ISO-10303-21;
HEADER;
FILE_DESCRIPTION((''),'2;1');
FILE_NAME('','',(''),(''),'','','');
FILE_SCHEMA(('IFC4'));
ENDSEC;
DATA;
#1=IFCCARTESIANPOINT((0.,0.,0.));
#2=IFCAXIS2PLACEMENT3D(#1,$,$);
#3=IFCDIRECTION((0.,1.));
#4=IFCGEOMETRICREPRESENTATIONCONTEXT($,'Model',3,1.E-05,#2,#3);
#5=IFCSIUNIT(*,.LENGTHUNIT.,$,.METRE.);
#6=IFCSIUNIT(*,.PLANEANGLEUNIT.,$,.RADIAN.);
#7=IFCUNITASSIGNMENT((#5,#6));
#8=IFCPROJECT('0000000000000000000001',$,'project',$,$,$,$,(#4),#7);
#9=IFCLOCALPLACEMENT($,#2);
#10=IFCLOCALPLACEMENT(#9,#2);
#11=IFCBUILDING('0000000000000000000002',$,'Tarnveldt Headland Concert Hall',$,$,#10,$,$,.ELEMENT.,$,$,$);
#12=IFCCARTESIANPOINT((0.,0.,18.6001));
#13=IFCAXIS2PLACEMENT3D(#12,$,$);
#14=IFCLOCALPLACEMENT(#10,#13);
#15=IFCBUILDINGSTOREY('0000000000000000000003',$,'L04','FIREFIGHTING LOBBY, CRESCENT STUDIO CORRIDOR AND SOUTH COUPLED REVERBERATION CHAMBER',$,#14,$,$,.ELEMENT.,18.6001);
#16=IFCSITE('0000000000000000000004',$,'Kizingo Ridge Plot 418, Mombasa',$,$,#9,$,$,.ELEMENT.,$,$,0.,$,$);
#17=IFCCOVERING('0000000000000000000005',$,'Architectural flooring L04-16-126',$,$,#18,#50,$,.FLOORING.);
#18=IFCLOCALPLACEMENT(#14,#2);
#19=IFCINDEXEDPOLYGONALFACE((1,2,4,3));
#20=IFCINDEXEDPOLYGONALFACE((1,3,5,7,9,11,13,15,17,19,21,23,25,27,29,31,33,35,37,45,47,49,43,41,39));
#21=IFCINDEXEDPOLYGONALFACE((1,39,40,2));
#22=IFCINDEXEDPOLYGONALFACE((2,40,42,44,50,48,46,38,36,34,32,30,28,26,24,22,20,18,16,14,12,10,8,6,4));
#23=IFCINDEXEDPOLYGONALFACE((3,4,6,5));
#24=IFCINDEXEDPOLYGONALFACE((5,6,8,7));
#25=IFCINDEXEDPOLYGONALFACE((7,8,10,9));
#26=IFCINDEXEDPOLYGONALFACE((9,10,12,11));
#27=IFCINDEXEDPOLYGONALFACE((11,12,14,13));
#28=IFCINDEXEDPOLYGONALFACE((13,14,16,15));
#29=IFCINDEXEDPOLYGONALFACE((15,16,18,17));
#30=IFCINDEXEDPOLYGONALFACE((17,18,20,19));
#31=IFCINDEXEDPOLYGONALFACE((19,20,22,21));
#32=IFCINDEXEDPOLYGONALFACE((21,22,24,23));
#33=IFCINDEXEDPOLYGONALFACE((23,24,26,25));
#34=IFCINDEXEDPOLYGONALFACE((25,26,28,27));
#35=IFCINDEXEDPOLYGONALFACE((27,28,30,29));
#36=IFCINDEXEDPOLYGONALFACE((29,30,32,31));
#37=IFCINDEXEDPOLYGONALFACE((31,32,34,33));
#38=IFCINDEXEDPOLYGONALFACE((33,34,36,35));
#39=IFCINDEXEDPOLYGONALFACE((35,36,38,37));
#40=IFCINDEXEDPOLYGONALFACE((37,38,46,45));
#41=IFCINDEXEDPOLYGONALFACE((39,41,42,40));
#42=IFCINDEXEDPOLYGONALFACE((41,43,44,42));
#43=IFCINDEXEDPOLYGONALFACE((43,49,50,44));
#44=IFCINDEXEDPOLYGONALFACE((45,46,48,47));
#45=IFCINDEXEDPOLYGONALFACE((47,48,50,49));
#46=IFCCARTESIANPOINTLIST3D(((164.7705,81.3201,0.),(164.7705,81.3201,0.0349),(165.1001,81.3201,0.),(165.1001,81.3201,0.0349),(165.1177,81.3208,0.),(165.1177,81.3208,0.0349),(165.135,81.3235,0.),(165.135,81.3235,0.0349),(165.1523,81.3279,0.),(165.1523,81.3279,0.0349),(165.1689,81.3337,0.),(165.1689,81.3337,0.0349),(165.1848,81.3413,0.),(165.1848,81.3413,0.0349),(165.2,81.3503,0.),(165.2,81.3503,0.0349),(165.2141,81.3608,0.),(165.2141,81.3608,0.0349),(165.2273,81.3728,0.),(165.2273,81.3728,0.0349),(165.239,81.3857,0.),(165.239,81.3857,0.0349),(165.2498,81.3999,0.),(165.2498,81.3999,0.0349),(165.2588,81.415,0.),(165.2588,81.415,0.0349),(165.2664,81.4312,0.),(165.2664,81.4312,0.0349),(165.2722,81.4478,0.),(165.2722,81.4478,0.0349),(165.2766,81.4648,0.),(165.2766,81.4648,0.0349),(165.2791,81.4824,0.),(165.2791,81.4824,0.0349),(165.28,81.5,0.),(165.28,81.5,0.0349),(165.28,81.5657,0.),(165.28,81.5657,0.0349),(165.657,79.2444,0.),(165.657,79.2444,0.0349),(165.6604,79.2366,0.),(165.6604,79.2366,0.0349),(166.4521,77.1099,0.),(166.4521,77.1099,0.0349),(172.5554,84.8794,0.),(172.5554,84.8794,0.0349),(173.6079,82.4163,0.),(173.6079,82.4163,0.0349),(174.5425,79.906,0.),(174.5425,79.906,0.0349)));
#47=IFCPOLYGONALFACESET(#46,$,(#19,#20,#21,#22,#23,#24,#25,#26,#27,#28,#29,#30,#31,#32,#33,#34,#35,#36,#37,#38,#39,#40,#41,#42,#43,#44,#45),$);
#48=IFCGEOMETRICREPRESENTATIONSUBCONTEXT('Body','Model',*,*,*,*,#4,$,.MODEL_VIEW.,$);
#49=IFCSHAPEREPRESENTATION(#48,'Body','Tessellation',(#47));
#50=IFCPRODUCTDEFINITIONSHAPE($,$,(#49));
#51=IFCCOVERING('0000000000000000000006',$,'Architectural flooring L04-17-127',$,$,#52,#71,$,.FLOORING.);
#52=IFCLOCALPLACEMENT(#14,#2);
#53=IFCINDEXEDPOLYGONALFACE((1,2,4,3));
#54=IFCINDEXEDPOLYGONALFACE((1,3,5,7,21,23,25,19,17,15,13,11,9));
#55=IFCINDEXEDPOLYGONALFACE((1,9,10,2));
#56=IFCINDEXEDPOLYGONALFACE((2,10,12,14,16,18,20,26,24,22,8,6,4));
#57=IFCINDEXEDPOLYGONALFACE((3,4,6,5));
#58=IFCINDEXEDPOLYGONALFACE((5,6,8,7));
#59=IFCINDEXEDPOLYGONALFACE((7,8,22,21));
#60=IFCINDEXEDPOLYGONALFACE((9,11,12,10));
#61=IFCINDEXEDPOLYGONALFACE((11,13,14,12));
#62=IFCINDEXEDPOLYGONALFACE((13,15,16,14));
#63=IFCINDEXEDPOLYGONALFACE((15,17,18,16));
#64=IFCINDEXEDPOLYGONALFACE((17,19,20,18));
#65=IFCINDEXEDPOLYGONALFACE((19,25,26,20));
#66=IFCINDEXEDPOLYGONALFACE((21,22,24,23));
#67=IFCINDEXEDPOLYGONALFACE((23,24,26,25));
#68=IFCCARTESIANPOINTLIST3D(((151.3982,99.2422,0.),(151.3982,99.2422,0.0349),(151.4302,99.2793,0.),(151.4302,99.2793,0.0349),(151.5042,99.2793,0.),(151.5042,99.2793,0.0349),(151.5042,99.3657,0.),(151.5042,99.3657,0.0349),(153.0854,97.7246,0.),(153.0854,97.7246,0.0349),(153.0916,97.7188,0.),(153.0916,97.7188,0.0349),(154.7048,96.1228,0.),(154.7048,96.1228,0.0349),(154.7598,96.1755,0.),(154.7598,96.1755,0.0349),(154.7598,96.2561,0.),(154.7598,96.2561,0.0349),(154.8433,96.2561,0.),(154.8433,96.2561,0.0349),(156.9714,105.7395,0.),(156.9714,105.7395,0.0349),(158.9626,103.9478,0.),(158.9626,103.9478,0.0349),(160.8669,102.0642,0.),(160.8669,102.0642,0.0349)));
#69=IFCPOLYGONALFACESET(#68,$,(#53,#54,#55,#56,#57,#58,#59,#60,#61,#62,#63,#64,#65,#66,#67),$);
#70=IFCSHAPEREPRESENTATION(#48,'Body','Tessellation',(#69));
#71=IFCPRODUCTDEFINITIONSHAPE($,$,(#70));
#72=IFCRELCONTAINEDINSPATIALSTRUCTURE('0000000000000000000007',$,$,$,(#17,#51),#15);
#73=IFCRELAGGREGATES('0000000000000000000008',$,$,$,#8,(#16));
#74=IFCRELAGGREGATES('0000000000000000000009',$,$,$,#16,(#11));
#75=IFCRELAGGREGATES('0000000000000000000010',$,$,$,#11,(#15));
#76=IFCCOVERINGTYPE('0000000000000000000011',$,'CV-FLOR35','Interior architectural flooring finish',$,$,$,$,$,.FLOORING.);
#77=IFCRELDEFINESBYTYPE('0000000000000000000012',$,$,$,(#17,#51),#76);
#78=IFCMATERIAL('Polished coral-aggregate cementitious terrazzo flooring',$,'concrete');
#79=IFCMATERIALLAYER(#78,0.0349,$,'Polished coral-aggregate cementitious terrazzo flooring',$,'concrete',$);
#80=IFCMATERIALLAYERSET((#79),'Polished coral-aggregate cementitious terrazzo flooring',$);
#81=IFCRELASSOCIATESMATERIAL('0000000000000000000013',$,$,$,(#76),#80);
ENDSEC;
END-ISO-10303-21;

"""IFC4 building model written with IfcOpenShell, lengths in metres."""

from ifc_helpers import new_model, si_unit, direction, frame, origin, place, context, subcontext, project, spatial, polyline, outline, extrude, material, layer, layer_set, type_object, element, save


model = new_model("IFC4")

# Units and contexts
model_context = context("Model", 3, precision=1e-05, world=origin(), true_north=direction((0.0, 1.0)))
body_context = subcontext(model_context, "Body", "Model", "MODEL_VIEW")
ifc_project = project(units=[si_unit("LENGTHUNIT", "METRE"), si_unit("PLANEANGLEUNIT", "RADIAN")], contexts=[model_context])

# Site, building, storey
site_placement = place(None, origin())
site = spatial("IfcSite", under=ifc_project, at=site_placement, Name="Kizingo Ridge Plot 418, Mombasa", CompositionType="ELEMENT", RefElevation=0.0)
building_placement = place(site_placement, origin())
building = spatial("IfcBuilding", under=site, at=building_placement, Name="Tarnveldt Headland Concert Hall", CompositionType="ELEMENT")
storey_placement = place(building_placement, frame((0.0, 0.0, 18.6001)))
storey = spatial("IfcBuildingStorey", under=building, at=storey_placement, Name="L04", Description="FIREFIGHTING LOBBY, CRESCENT STUDIO CORRIDOR AND SOUTH COUPLED REVERBERATION CHAMBER", CompositionType="ELEMENT", Elevation=18.6001)

# Coverings
ifc_material_1 = material(Name="Polished coral-aggregate cementitious terrazzo flooring", Category="concrete")
ifc_layer_1 = layer(ifc_material_1, 0.0349, Name="Polished coral-aggregate cementitious terrazzo flooring", Category="concrete")
ifc_layer_set_1 = layer_set([ifc_layer_1], Name="Polished coral-aggregate cementitious terrazzo flooring")
covering_type_1 = type_object("IfcCoveringType", Name="CV-FLOR35", Description="Interior architectural flooring finish", PredefinedType="FLOORING", material=ifc_layer_set_1)
covering_1_placement = place(storey_placement, origin())
element("IfcCovering", 1, at=covering_1_placement, inside=storey, type_object=covering_type_1, Name="Architectural flooring L04-16-126", PredefinedType="FLOORING", context=body_context, shape_type="SweptSolid", body=[
    extrude(outline(polyline([(165.1001, 81.3201), (165.1177, 81.3208), (165.135, 81.3235), (165.1523, 81.3279), (165.1689, 81.3337), (165.1848, 81.3413), (165.2, 81.3503), (165.2141, 81.3608), (165.2273, 81.3728), (165.239, 81.3857), (165.2498, 81.3999), (165.2588, 81.415), (165.2664, 81.4312), (165.2722, 81.4478), (165.2766, 81.4648), (165.2791, 81.4824), (165.28, 81.5), (165.28, 81.5657), (172.5554, 84.8794), (173.6079, 82.4163), (174.5425, 79.906), (166.4521, 77.1099), (165.6604, 79.2366), (165.657, 79.2444), (164.7705, 81.3201), (165.1001, 81.3201)])), origin(), (0.0, 0.0, 1.0), 0.0349),
])
covering_2_placement = place(storey_placement, origin())
element("IfcCovering", 2, at=covering_2_placement, inside=storey, type_object=covering_type_1, Name="Architectural flooring L04-17-127", PredefinedType="FLOORING", context=body_context, shape_type="SweptSolid", body=[
    extrude(outline(polyline([(154.7598, 96.1755), (154.7048, 96.1228), (153.0916, 97.7188), (153.0854, 97.7246), (151.3982, 99.2422), (151.4302, 99.2793), (151.5042, 99.2793), (151.5042, 99.3657), (156.9714, 105.7395), (158.9626, 103.9478), (160.8669, 102.0642), (154.8433, 96.2561), (154.7598, 96.2561), (154.7598, 96.1755)])), origin(), (0.0, 0.0, 1.0), 0.0349),
])

save(model, "model.ifc")
